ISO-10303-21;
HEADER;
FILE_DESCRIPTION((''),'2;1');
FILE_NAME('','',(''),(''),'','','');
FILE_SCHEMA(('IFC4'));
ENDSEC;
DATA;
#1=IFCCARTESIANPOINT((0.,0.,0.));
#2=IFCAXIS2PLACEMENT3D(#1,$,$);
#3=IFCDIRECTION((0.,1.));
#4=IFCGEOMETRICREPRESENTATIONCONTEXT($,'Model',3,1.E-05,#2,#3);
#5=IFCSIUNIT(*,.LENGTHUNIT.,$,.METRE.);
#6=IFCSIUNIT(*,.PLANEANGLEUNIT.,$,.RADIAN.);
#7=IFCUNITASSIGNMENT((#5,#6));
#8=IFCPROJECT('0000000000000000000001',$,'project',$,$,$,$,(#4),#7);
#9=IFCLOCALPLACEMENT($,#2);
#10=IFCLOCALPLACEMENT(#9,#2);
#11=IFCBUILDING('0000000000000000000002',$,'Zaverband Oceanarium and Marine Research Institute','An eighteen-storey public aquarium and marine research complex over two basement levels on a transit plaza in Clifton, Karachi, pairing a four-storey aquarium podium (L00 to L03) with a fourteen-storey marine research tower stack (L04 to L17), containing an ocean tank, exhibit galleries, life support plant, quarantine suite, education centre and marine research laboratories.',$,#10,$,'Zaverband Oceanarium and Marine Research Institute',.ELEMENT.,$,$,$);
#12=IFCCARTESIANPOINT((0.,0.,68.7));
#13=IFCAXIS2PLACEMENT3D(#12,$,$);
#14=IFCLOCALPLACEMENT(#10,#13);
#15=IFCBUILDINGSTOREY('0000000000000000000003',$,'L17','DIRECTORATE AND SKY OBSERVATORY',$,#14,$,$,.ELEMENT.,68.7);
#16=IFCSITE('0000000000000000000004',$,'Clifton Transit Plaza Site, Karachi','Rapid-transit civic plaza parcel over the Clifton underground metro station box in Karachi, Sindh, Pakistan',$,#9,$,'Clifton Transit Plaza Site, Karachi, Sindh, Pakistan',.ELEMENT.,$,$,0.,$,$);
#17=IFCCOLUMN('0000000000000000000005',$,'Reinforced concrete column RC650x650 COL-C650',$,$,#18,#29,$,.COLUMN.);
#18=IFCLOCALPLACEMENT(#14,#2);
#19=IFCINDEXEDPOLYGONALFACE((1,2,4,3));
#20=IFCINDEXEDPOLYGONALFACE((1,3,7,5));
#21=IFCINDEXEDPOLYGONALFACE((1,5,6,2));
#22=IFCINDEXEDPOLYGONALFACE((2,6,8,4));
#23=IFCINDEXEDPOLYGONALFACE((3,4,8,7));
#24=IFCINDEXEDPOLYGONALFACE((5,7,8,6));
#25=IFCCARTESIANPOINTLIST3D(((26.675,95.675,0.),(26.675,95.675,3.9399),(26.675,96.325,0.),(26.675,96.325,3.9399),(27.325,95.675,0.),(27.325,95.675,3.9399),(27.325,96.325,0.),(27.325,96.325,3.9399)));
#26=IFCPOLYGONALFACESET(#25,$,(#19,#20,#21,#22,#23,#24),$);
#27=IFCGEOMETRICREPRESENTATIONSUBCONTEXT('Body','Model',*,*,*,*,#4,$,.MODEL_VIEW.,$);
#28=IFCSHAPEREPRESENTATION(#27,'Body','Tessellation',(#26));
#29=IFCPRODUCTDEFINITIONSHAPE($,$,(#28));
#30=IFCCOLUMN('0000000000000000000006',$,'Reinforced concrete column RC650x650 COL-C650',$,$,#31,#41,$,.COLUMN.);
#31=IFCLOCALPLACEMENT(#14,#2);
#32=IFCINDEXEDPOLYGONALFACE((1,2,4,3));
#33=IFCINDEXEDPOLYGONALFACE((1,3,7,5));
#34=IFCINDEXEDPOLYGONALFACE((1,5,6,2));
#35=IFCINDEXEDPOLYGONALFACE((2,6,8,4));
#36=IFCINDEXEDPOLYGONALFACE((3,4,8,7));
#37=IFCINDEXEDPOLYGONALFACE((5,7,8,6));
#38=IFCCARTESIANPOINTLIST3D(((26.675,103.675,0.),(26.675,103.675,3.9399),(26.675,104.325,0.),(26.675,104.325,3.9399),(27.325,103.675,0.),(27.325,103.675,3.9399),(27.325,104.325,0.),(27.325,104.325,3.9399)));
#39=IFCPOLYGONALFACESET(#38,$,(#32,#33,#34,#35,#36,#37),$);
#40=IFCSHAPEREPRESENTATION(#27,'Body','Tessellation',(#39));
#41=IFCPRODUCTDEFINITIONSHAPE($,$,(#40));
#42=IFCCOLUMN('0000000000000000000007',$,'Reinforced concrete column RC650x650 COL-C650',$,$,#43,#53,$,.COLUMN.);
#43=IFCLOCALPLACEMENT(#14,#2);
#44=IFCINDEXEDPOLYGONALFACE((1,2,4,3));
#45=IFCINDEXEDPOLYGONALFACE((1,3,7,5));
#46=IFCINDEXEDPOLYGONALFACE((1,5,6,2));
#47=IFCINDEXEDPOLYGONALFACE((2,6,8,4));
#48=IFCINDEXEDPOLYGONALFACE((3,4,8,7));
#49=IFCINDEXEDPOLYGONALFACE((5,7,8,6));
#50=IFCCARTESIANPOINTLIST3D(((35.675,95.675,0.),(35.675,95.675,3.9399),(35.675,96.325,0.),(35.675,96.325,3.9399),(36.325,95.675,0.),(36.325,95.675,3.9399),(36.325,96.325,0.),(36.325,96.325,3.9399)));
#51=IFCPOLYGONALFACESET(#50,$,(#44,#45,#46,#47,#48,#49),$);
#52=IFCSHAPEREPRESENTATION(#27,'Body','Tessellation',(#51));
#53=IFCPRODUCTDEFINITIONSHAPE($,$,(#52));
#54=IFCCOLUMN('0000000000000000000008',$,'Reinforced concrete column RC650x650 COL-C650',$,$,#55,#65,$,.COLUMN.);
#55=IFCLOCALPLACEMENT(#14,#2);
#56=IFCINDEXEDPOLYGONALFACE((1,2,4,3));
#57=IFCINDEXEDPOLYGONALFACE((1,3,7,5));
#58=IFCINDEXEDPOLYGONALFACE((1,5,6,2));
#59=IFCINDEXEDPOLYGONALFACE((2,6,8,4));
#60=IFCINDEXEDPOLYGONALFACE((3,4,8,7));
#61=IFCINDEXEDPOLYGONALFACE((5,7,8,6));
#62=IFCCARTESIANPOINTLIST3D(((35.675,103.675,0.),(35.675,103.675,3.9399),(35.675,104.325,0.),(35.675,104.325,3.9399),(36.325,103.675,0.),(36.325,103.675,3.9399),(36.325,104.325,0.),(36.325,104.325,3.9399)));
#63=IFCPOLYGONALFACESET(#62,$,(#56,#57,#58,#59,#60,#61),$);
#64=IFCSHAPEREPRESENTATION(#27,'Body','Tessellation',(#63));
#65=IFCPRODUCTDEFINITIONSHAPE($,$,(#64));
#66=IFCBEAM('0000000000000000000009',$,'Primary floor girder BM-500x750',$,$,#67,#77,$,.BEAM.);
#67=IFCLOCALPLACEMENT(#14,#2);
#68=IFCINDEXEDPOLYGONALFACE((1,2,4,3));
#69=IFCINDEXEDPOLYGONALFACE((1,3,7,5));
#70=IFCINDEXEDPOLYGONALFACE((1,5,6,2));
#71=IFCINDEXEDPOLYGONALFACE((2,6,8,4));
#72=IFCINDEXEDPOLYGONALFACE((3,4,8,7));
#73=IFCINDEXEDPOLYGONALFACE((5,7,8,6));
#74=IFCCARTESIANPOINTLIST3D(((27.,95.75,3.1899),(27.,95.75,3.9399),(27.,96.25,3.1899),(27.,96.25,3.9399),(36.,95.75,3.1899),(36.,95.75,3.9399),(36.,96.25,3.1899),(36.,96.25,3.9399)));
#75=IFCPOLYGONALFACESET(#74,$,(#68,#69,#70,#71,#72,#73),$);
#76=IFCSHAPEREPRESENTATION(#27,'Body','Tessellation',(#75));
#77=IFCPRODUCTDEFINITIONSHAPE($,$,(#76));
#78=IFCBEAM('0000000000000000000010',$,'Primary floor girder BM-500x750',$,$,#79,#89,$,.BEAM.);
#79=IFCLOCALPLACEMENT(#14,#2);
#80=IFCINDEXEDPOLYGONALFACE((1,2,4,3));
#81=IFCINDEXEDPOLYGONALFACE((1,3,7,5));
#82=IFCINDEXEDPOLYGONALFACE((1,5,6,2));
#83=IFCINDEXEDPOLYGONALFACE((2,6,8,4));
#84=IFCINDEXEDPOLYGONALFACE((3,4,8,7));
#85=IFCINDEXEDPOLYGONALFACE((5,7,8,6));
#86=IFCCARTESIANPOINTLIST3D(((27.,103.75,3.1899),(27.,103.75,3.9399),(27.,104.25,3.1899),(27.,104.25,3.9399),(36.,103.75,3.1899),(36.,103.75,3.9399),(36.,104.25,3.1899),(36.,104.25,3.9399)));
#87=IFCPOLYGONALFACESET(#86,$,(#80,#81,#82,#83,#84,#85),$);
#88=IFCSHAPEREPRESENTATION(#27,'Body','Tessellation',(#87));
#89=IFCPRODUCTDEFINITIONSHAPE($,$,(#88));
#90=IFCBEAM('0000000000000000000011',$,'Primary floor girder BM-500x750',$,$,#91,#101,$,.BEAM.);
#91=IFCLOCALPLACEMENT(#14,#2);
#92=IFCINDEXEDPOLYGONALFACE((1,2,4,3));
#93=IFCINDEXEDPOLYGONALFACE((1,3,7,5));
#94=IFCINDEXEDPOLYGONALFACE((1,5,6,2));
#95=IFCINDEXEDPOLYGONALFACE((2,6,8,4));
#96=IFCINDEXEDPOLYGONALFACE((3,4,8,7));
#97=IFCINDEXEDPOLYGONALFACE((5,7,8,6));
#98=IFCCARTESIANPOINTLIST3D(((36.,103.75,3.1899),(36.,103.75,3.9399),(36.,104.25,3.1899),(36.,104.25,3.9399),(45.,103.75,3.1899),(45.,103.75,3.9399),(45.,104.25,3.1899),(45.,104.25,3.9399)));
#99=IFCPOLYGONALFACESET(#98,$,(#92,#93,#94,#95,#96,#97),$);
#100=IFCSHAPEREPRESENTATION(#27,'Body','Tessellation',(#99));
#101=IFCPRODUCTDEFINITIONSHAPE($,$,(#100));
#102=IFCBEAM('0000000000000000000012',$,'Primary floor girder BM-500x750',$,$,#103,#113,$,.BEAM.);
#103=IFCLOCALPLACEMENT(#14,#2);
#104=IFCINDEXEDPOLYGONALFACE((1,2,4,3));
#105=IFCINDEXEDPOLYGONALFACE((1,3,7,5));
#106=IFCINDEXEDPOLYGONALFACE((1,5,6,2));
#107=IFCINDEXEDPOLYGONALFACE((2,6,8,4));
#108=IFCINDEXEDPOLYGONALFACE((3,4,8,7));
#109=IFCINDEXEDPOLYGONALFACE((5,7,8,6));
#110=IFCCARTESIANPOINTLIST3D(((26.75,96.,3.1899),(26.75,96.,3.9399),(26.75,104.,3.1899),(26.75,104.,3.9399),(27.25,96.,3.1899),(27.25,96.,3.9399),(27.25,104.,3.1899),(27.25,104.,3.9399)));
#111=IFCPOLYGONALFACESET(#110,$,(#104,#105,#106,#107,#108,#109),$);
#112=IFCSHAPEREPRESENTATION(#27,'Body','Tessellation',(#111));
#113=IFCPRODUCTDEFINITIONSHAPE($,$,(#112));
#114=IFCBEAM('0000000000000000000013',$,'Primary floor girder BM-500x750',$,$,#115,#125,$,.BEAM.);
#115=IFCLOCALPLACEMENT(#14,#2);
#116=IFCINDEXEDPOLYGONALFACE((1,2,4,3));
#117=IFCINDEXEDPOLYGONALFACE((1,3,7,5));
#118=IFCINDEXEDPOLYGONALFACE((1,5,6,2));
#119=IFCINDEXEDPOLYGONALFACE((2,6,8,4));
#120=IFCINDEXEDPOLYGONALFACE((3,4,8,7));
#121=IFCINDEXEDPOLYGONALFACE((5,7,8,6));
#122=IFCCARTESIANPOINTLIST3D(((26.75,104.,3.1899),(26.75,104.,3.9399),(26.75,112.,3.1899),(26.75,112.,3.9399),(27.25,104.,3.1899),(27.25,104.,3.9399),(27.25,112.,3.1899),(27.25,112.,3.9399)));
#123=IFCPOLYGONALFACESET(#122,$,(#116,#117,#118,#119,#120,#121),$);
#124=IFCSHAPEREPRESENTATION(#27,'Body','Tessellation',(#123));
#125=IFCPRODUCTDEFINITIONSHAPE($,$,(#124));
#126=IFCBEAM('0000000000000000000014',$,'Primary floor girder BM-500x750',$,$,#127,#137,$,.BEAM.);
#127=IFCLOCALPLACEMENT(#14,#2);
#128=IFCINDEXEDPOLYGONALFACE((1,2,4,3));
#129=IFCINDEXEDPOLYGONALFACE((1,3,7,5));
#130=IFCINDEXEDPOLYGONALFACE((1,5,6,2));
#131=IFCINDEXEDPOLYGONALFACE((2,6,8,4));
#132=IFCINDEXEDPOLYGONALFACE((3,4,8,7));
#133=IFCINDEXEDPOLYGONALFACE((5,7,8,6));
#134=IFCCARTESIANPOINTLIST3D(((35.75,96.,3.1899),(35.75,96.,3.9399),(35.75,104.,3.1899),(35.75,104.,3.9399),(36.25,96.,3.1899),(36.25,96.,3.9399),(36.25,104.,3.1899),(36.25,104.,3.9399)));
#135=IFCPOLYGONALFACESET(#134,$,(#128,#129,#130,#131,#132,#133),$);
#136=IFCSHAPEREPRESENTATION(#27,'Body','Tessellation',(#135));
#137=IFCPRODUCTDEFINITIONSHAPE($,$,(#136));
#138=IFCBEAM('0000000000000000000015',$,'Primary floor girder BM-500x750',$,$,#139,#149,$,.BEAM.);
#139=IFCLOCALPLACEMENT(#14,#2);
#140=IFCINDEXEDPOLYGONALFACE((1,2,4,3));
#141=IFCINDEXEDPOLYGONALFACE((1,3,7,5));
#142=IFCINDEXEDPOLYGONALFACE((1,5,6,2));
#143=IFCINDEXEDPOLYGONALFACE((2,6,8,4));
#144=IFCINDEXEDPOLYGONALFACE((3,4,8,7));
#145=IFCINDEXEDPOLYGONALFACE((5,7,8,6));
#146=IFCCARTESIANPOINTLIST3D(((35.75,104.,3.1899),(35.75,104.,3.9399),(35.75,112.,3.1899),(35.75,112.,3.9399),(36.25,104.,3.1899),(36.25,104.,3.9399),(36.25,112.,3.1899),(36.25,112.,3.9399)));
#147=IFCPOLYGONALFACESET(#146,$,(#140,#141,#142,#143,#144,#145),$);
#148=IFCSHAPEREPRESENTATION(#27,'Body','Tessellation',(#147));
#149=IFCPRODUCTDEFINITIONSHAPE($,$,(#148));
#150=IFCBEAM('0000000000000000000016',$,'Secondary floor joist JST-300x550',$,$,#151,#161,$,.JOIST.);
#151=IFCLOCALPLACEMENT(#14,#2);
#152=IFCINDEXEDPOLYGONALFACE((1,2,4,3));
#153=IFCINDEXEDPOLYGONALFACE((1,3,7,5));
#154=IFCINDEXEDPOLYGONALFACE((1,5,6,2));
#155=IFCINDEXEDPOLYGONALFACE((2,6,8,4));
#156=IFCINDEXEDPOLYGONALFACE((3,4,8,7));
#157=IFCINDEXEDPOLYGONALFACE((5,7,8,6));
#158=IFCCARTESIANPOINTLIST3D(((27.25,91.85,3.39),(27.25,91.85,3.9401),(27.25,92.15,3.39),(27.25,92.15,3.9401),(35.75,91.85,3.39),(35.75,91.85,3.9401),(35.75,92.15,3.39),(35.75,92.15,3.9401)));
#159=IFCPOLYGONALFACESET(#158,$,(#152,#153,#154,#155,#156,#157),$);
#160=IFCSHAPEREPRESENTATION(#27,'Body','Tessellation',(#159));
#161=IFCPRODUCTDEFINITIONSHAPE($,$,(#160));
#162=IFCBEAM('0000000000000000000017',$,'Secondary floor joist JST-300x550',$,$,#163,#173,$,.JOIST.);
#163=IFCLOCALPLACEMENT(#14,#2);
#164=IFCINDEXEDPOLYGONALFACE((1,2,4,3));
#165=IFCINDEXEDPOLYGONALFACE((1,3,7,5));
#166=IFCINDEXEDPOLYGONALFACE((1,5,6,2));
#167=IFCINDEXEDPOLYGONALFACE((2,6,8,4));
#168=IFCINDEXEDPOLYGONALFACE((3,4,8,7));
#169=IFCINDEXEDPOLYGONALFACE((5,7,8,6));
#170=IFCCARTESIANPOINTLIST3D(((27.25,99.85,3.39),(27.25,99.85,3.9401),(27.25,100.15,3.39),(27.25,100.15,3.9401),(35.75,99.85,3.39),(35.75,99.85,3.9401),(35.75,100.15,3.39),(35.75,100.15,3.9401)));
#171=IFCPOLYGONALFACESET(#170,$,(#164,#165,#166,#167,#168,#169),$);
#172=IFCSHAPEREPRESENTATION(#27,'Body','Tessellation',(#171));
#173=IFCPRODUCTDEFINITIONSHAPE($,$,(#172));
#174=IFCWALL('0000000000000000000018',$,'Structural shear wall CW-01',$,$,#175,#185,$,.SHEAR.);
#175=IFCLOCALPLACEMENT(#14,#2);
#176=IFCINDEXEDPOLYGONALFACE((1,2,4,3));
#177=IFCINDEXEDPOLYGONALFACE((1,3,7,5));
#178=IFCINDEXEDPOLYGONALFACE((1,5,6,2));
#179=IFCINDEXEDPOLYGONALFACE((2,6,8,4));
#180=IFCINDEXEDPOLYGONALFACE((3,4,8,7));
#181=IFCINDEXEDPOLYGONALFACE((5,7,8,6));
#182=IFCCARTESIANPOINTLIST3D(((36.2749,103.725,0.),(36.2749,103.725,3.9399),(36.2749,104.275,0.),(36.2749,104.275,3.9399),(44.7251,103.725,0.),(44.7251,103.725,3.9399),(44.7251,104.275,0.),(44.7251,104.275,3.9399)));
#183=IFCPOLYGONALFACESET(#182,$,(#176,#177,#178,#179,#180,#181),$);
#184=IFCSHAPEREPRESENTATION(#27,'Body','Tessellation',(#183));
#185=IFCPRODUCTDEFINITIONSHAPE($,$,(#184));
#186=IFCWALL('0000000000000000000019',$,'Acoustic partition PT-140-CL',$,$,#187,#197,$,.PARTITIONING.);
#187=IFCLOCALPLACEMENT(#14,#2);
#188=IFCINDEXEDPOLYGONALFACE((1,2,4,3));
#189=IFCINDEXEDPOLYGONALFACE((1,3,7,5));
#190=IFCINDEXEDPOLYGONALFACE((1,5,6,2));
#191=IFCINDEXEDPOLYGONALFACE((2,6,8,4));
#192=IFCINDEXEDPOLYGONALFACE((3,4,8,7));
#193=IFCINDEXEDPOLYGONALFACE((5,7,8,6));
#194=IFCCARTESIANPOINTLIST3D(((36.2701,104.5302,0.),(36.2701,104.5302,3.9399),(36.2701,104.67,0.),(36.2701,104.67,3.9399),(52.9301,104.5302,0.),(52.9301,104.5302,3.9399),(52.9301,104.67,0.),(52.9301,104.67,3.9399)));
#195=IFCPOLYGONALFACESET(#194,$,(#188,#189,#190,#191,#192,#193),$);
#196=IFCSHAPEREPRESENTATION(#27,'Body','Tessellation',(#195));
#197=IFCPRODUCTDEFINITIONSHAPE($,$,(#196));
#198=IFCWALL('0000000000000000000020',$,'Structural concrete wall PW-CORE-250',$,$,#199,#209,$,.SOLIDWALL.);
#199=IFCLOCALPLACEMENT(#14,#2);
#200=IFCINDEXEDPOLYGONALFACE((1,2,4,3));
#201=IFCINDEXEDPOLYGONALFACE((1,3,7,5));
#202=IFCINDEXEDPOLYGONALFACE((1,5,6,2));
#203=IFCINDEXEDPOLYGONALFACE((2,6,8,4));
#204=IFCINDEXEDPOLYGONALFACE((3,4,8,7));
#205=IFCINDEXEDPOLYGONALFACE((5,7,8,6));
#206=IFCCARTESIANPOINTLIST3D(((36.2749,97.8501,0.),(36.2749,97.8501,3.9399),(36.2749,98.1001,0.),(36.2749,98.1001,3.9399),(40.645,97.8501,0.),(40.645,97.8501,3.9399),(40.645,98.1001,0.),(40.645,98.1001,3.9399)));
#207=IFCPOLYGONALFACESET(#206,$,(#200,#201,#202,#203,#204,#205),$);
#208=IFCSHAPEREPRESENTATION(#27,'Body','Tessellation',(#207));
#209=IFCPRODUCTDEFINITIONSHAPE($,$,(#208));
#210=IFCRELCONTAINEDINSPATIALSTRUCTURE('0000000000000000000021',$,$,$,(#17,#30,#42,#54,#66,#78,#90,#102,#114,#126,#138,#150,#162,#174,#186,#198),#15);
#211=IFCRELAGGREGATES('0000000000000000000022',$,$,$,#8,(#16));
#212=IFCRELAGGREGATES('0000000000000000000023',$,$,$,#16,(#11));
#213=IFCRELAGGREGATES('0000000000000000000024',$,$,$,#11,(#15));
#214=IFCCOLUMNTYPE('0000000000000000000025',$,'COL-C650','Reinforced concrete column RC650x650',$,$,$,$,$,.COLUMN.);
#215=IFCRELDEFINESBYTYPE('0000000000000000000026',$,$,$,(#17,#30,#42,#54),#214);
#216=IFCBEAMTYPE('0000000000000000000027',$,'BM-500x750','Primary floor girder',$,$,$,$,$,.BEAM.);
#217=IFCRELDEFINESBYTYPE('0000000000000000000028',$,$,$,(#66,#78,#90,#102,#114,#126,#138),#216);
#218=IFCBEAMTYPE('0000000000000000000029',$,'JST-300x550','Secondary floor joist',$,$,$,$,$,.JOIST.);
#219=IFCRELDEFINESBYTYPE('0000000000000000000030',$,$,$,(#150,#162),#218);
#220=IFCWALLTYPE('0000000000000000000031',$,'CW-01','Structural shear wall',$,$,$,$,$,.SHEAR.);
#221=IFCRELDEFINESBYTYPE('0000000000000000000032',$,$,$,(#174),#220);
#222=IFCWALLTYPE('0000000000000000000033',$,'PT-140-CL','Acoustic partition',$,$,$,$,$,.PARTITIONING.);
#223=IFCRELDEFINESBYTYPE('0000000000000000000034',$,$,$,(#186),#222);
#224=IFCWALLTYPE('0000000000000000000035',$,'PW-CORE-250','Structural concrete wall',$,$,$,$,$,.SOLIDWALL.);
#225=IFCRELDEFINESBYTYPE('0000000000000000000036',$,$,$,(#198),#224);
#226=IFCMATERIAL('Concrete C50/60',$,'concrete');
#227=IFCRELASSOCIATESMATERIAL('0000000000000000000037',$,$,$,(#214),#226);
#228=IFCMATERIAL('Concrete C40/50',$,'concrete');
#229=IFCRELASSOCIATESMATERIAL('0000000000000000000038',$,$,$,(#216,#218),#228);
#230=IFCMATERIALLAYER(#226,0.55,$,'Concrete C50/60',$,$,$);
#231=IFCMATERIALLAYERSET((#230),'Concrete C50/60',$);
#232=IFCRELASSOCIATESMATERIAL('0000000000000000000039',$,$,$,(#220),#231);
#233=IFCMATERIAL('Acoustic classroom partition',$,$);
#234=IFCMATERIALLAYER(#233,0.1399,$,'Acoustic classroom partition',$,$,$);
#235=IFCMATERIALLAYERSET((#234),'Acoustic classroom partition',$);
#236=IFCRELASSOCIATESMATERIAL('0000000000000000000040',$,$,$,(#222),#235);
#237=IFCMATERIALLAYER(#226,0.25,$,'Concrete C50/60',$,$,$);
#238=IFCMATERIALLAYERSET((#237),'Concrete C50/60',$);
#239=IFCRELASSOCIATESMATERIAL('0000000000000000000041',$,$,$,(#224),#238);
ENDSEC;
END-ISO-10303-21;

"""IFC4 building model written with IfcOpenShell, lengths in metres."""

from ifc_helpers import new_model, si_unit, direction, frame, frame_2d, origin, origin_2d, place, context, subcontext, project, spatial, rectangle, extrude, material, layer, layer_set, material_profile, profile_set, type_object, element, save


model = new_model("IFC4")

# Units and contexts
model_context = context("Model", 3, precision=1e-05, world=origin(), true_north=direction((0.0, 1.0)))
body_context = subcontext(model_context, "Body", "Model", "MODEL_VIEW")
ifc_project = project(units=[si_unit("LENGTHUNIT", "METRE"), si_unit("PLANEANGLEUNIT", "RADIAN")], contexts=[model_context])

# Site, building, storey
site_placement = place(None, origin())
site = spatial("IfcSite", under=ifc_project, at=site_placement, Name="Clifton Transit Plaza Site, Karachi", Description="Rapid-transit civic plaza parcel over the Clifton underground metro station box in Karachi, Sindh, Pakistan", LongName="Clifton Transit Plaza Site, Karachi, Sindh, Pakistan", CompositionType="ELEMENT", RefElevation=0.0)
building_placement = place(site_placement, origin())
building = spatial("IfcBuilding", under=site, at=building_placement, Name="Zaverband Oceanarium and Marine Research Institute", Description="An eighteen-storey public aquarium and marine research complex over two basement levels on a transit plaza in Clifton, Karachi, pairing a four-storey aquarium podium (L00 to L03) with a fourteen-storey marine research tower stack (L04 to L17), containing an ocean tank, exhibit galleries, life support plant, quarantine suite, education centre and marine research laboratories.", LongName="Zaverband Oceanarium and Marine Research Institute", CompositionType="ELEMENT")
storey_placement = place(building_placement, frame((0.0, 0.0, 68.7)))
storey = spatial("IfcBuildingStorey", under=building, at=storey_placement, Name="L17", Description="DIRECTORATE AND SKY OBSERVATORY", CompositionType="ELEMENT", Elevation=68.7)

# Columns
ifc_material_1 = material(Name="Concrete C50/60", Category="concrete")
ifc_material_profile_1 = material_profile(ifc_material_1, rectangle(XDim=0.6499, YDim=0.6499, at=origin_2d()), Name="RC650x650")
ifc_profile_set_1 = profile_set([ifc_material_profile_1], Name="Concrete C50/60")
column_type = type_object("IfcColumnType", Name="COL-C650", Description="Reinforced concrete column RC650x650", PredefinedType="COLUMN", material=ifc_profile_set_1)
for number, where, z_axis, x_axis, name in (
    (1, (27.0, 96.0, 0.0), (0.0, 0.0, 1.0), (1.0, 0.0, 0.0), "Reinforced concrete column RC650x650 COL-C650"),
    (2, (27.0, 104.0, 0.0), (0.0, 0.0, 1.0), (1.0, 0.0, 0.0), "Reinforced concrete column RC650x650 COL-C650"),
    (3, (36.0, 96.0, 0.0), (0.0, 0.0, 1.0), (1.0, 0.0, 0.0), "Reinforced concrete column RC650x650 COL-C650"),
    (4, (36.0, 104.0, 0.0), (0.0, 0.0, 1.0), (1.0, 0.0, 0.0), "Reinforced concrete column RC650x650 COL-C650"),
):
    element("IfcColumn", number, at=place(storey_placement, frame(where, z_axis=z_axis, x_axis=x_axis)), inside=storey, type_object=column_type, Name=name, PredefinedType="COLUMN", context=body_context, shape_type="SweptSolid", body=[
        extrude(rectangle(XDim=0.6499, YDim=0.6499, at=origin_2d()), origin(), (0.0, 0.0, 1.0), 3.9399),
    ])

# Beams
ifc_material_2 = material(Name="Concrete C40/50", Category="concrete")
ifc_material_profile_2 = material_profile(ifc_material_2, rectangle(XDim=0.5, YDim=0.75, at=origin_2d()), Name="RC500x750")
ifc_profile_set_2 = profile_set([ifc_material_profile_2], Name="Concrete C40/50")
beam_type_1 = type_object("IfcBeamType", Name="BM-500x750", Description="Primary floor girder", PredefinedType="BEAM", material=ifc_profile_set_2)
for number, where, z_axis, x_axis, name in (
    (5, (27.0, 96.0, 3.5649), (1.0, 0.0, 0.0), (0.0, 1.0, 0.0), "Primary floor girder BM-500x750"),
    (6, (27.0, 104.0, 3.5649), (1.0, 0.0, 0.0), (0.0, 1.0, 0.0), "Primary floor girder BM-500x750"),
    (7, (36.0, 104.0, 3.5649), (1.0, 0.0, 0.0), (0.0, 1.0, 0.0), "Primary floor girder BM-500x750"),
):
    element("IfcBeam", number, at=place(storey_placement, frame(where, z_axis=z_axis, x_axis=x_axis)), inside=storey, type_object=beam_type_1, Name=name, PredefinedType="BEAM", context=body_context, shape_type="SweptSolid", body=[
        extrude(rectangle(XDim=0.5, YDim=0.75, at=origin_2d()), origin(), (0.0, 0.0, 1.0), 9.0),
    ])
for number, where, z_axis, x_axis, name in (
    (8, (27.0, 96.0, 3.5649), (0.0, 1.0, 0.0), (-1.0, 0.0, 0.0), "Primary floor girder BM-500x750"),
    (9, (27.0, 104.0, 3.5649), (0.0, 1.0, 0.0), (-1.0, 0.0, 0.0), "Primary floor girder BM-500x750"),
    (10, (36.0, 96.0, 3.5649), (0.0, 1.0, 0.0), (-1.0, 0.0, 0.0), "Primary floor girder BM-500x750"),
    (11, (36.0, 104.0, 3.5649), (0.0, 1.0, 0.0), (-1.0, 0.0, 0.0), "Primary floor girder BM-500x750"),
):
    element("IfcBeam", number, at=place(storey_placement, frame(where, z_axis=z_axis, x_axis=x_axis)), inside=storey, type_object=beam_type_1, Name=name, PredefinedType="BEAM", context=body_context, shape_type="SweptSolid", body=[
        extrude(rectangle(XDim=0.5, YDim=0.75, at=origin_2d()), origin(), (0.0, 0.0, 1.0), 8.0),
    ])
ifc_material_profile_3 = material_profile(ifc_material_2, rectangle(XDim=0.3, YDim=0.55, at=origin_2d()), Name="RC300x550")
ifc_profile_set_3 = profile_set([ifc_material_profile_3], Name="Concrete C40/50")
beam_type_2 = type_object("IfcBeamType", Name="JST-300x550", Description="Secondary floor joist", PredefinedType="JOIST", material=ifc_profile_set_3)
for number, where, z_axis, x_axis, name in (
    (12, (27.25, 92.0, 3.665), (1.0, 0.0, 0.0), (0.0, 1.0, 0.0), "Secondary floor joist JST-300x550"),
    (13, (27.25, 100.0, 3.665), (1.0, 0.0, 0.0), (0.0, 1.0, 0.0), "Secondary floor joist JST-300x550"),
):
    element("IfcBeam", number, at=place(storey_placement, frame(where, z_axis=z_axis, x_axis=x_axis)), inside=storey, type_object=beam_type_2, Name=name, PredefinedType="JOIST", context=body_context, shape_type="SweptSolid", body=[
        extrude(rectangle(XDim=0.3, YDim=0.55, at=origin_2d()), origin(), (0.0, 0.0, 1.0), 8.5),
    ])

# Walls
ifc_layer_1 = layer(ifc_material_1, 0.55, Name="Concrete C50/60")
ifc_layer_set_1 = layer_set([ifc_layer_1], Name="Concrete C50/60")
wall_type_1 = type_object("IfcWallType", Name="CW-01", Description="Structural shear wall", PredefinedType="SHEAR", material=ifc_layer_set_1)
wall_1_placement = place(storey_placement, frame((36.2749, 104.0, 0.0), z_axis=(0.0, 0.0, 1.0), x_axis=(1.0, 0.0, 0.0)))
element("IfcWall", 14, at=wall_1_placement, inside=storey, type_object=wall_type_1, Name="Structural shear wall CW-01", PredefinedType="SHEAR", context=body_context, shape_type="SweptSolid", body=[
    extrude(rectangle(XDim=8.4502, YDim=0.55, at=frame_2d((4.2251, 0.0))), origin(), (0.0, 0.0, 1.0), 3.9399),
])
ifc_material_3 = material(Name="Acoustic classroom partition")
ifc_layer_2 = layer(ifc_material_3, 0.1399, Name="Acoustic classroom partition")
ifc_layer_set_2 = layer_set([ifc_layer_2], Name="Acoustic classroom partition")
wall_type_2 = type_object("IfcWallType", Name="PT-140-CL", Description="Acoustic partition", PredefinedType="PARTITIONING", material=ifc_layer_set_2)
wall_2_placement = place(storey_placement, frame((36.27, 104.6001, 0.0), z_axis=(0.0, 0.0, 1.0), x_axis=(1.0, 0.0, 0.0)))
element("IfcWall", 15, at=wall_2_placement, inside=storey, type_object=wall_type_2, Name="Acoustic partition PT-140-CL", PredefinedType="PARTITIONING", context=body_context, shape_type="SweptSolid", body=[
    extrude(rectangle(XDim=16.6599, YDim=0.1399, at=frame_2d((8.3301, 0.0))), origin(), (0.0, 0.0, 1.0), 3.9399),
])

# Wall
ifc_layer_3 = layer(ifc_material_1, 0.25, Name="Concrete C50/60")
ifc_layer_set_3 = layer_set([ifc_layer_3], Name="Concrete C50/60")
wall_type_3 = type_object("IfcWallType", Name="PW-CORE-250", Description="Structural concrete wall", PredefinedType="SOLIDWALL", material=ifc_layer_set_3)
wall_3_placement = place(storey_placement, frame((36.2749, 97.9751, 0.0), z_axis=(0.0, 0.0, 1.0), x_axis=(1.0, 0.0, 0.0)))
element("IfcWall", 16, at=wall_3_placement, inside=storey, type_object=wall_type_3, Name="Structural concrete wall PW-CORE-250", PredefinedType="SOLIDWALL", context=body_context, shape_type="SweptSolid", body=[
    extrude(rectangle(XDim=4.3701, YDim=0.25, at=frame_2d((2.1851, 0.0))), origin(), (0.0, 0.0, 1.0), 3.9399),
])

save(model, "model.ifc")
